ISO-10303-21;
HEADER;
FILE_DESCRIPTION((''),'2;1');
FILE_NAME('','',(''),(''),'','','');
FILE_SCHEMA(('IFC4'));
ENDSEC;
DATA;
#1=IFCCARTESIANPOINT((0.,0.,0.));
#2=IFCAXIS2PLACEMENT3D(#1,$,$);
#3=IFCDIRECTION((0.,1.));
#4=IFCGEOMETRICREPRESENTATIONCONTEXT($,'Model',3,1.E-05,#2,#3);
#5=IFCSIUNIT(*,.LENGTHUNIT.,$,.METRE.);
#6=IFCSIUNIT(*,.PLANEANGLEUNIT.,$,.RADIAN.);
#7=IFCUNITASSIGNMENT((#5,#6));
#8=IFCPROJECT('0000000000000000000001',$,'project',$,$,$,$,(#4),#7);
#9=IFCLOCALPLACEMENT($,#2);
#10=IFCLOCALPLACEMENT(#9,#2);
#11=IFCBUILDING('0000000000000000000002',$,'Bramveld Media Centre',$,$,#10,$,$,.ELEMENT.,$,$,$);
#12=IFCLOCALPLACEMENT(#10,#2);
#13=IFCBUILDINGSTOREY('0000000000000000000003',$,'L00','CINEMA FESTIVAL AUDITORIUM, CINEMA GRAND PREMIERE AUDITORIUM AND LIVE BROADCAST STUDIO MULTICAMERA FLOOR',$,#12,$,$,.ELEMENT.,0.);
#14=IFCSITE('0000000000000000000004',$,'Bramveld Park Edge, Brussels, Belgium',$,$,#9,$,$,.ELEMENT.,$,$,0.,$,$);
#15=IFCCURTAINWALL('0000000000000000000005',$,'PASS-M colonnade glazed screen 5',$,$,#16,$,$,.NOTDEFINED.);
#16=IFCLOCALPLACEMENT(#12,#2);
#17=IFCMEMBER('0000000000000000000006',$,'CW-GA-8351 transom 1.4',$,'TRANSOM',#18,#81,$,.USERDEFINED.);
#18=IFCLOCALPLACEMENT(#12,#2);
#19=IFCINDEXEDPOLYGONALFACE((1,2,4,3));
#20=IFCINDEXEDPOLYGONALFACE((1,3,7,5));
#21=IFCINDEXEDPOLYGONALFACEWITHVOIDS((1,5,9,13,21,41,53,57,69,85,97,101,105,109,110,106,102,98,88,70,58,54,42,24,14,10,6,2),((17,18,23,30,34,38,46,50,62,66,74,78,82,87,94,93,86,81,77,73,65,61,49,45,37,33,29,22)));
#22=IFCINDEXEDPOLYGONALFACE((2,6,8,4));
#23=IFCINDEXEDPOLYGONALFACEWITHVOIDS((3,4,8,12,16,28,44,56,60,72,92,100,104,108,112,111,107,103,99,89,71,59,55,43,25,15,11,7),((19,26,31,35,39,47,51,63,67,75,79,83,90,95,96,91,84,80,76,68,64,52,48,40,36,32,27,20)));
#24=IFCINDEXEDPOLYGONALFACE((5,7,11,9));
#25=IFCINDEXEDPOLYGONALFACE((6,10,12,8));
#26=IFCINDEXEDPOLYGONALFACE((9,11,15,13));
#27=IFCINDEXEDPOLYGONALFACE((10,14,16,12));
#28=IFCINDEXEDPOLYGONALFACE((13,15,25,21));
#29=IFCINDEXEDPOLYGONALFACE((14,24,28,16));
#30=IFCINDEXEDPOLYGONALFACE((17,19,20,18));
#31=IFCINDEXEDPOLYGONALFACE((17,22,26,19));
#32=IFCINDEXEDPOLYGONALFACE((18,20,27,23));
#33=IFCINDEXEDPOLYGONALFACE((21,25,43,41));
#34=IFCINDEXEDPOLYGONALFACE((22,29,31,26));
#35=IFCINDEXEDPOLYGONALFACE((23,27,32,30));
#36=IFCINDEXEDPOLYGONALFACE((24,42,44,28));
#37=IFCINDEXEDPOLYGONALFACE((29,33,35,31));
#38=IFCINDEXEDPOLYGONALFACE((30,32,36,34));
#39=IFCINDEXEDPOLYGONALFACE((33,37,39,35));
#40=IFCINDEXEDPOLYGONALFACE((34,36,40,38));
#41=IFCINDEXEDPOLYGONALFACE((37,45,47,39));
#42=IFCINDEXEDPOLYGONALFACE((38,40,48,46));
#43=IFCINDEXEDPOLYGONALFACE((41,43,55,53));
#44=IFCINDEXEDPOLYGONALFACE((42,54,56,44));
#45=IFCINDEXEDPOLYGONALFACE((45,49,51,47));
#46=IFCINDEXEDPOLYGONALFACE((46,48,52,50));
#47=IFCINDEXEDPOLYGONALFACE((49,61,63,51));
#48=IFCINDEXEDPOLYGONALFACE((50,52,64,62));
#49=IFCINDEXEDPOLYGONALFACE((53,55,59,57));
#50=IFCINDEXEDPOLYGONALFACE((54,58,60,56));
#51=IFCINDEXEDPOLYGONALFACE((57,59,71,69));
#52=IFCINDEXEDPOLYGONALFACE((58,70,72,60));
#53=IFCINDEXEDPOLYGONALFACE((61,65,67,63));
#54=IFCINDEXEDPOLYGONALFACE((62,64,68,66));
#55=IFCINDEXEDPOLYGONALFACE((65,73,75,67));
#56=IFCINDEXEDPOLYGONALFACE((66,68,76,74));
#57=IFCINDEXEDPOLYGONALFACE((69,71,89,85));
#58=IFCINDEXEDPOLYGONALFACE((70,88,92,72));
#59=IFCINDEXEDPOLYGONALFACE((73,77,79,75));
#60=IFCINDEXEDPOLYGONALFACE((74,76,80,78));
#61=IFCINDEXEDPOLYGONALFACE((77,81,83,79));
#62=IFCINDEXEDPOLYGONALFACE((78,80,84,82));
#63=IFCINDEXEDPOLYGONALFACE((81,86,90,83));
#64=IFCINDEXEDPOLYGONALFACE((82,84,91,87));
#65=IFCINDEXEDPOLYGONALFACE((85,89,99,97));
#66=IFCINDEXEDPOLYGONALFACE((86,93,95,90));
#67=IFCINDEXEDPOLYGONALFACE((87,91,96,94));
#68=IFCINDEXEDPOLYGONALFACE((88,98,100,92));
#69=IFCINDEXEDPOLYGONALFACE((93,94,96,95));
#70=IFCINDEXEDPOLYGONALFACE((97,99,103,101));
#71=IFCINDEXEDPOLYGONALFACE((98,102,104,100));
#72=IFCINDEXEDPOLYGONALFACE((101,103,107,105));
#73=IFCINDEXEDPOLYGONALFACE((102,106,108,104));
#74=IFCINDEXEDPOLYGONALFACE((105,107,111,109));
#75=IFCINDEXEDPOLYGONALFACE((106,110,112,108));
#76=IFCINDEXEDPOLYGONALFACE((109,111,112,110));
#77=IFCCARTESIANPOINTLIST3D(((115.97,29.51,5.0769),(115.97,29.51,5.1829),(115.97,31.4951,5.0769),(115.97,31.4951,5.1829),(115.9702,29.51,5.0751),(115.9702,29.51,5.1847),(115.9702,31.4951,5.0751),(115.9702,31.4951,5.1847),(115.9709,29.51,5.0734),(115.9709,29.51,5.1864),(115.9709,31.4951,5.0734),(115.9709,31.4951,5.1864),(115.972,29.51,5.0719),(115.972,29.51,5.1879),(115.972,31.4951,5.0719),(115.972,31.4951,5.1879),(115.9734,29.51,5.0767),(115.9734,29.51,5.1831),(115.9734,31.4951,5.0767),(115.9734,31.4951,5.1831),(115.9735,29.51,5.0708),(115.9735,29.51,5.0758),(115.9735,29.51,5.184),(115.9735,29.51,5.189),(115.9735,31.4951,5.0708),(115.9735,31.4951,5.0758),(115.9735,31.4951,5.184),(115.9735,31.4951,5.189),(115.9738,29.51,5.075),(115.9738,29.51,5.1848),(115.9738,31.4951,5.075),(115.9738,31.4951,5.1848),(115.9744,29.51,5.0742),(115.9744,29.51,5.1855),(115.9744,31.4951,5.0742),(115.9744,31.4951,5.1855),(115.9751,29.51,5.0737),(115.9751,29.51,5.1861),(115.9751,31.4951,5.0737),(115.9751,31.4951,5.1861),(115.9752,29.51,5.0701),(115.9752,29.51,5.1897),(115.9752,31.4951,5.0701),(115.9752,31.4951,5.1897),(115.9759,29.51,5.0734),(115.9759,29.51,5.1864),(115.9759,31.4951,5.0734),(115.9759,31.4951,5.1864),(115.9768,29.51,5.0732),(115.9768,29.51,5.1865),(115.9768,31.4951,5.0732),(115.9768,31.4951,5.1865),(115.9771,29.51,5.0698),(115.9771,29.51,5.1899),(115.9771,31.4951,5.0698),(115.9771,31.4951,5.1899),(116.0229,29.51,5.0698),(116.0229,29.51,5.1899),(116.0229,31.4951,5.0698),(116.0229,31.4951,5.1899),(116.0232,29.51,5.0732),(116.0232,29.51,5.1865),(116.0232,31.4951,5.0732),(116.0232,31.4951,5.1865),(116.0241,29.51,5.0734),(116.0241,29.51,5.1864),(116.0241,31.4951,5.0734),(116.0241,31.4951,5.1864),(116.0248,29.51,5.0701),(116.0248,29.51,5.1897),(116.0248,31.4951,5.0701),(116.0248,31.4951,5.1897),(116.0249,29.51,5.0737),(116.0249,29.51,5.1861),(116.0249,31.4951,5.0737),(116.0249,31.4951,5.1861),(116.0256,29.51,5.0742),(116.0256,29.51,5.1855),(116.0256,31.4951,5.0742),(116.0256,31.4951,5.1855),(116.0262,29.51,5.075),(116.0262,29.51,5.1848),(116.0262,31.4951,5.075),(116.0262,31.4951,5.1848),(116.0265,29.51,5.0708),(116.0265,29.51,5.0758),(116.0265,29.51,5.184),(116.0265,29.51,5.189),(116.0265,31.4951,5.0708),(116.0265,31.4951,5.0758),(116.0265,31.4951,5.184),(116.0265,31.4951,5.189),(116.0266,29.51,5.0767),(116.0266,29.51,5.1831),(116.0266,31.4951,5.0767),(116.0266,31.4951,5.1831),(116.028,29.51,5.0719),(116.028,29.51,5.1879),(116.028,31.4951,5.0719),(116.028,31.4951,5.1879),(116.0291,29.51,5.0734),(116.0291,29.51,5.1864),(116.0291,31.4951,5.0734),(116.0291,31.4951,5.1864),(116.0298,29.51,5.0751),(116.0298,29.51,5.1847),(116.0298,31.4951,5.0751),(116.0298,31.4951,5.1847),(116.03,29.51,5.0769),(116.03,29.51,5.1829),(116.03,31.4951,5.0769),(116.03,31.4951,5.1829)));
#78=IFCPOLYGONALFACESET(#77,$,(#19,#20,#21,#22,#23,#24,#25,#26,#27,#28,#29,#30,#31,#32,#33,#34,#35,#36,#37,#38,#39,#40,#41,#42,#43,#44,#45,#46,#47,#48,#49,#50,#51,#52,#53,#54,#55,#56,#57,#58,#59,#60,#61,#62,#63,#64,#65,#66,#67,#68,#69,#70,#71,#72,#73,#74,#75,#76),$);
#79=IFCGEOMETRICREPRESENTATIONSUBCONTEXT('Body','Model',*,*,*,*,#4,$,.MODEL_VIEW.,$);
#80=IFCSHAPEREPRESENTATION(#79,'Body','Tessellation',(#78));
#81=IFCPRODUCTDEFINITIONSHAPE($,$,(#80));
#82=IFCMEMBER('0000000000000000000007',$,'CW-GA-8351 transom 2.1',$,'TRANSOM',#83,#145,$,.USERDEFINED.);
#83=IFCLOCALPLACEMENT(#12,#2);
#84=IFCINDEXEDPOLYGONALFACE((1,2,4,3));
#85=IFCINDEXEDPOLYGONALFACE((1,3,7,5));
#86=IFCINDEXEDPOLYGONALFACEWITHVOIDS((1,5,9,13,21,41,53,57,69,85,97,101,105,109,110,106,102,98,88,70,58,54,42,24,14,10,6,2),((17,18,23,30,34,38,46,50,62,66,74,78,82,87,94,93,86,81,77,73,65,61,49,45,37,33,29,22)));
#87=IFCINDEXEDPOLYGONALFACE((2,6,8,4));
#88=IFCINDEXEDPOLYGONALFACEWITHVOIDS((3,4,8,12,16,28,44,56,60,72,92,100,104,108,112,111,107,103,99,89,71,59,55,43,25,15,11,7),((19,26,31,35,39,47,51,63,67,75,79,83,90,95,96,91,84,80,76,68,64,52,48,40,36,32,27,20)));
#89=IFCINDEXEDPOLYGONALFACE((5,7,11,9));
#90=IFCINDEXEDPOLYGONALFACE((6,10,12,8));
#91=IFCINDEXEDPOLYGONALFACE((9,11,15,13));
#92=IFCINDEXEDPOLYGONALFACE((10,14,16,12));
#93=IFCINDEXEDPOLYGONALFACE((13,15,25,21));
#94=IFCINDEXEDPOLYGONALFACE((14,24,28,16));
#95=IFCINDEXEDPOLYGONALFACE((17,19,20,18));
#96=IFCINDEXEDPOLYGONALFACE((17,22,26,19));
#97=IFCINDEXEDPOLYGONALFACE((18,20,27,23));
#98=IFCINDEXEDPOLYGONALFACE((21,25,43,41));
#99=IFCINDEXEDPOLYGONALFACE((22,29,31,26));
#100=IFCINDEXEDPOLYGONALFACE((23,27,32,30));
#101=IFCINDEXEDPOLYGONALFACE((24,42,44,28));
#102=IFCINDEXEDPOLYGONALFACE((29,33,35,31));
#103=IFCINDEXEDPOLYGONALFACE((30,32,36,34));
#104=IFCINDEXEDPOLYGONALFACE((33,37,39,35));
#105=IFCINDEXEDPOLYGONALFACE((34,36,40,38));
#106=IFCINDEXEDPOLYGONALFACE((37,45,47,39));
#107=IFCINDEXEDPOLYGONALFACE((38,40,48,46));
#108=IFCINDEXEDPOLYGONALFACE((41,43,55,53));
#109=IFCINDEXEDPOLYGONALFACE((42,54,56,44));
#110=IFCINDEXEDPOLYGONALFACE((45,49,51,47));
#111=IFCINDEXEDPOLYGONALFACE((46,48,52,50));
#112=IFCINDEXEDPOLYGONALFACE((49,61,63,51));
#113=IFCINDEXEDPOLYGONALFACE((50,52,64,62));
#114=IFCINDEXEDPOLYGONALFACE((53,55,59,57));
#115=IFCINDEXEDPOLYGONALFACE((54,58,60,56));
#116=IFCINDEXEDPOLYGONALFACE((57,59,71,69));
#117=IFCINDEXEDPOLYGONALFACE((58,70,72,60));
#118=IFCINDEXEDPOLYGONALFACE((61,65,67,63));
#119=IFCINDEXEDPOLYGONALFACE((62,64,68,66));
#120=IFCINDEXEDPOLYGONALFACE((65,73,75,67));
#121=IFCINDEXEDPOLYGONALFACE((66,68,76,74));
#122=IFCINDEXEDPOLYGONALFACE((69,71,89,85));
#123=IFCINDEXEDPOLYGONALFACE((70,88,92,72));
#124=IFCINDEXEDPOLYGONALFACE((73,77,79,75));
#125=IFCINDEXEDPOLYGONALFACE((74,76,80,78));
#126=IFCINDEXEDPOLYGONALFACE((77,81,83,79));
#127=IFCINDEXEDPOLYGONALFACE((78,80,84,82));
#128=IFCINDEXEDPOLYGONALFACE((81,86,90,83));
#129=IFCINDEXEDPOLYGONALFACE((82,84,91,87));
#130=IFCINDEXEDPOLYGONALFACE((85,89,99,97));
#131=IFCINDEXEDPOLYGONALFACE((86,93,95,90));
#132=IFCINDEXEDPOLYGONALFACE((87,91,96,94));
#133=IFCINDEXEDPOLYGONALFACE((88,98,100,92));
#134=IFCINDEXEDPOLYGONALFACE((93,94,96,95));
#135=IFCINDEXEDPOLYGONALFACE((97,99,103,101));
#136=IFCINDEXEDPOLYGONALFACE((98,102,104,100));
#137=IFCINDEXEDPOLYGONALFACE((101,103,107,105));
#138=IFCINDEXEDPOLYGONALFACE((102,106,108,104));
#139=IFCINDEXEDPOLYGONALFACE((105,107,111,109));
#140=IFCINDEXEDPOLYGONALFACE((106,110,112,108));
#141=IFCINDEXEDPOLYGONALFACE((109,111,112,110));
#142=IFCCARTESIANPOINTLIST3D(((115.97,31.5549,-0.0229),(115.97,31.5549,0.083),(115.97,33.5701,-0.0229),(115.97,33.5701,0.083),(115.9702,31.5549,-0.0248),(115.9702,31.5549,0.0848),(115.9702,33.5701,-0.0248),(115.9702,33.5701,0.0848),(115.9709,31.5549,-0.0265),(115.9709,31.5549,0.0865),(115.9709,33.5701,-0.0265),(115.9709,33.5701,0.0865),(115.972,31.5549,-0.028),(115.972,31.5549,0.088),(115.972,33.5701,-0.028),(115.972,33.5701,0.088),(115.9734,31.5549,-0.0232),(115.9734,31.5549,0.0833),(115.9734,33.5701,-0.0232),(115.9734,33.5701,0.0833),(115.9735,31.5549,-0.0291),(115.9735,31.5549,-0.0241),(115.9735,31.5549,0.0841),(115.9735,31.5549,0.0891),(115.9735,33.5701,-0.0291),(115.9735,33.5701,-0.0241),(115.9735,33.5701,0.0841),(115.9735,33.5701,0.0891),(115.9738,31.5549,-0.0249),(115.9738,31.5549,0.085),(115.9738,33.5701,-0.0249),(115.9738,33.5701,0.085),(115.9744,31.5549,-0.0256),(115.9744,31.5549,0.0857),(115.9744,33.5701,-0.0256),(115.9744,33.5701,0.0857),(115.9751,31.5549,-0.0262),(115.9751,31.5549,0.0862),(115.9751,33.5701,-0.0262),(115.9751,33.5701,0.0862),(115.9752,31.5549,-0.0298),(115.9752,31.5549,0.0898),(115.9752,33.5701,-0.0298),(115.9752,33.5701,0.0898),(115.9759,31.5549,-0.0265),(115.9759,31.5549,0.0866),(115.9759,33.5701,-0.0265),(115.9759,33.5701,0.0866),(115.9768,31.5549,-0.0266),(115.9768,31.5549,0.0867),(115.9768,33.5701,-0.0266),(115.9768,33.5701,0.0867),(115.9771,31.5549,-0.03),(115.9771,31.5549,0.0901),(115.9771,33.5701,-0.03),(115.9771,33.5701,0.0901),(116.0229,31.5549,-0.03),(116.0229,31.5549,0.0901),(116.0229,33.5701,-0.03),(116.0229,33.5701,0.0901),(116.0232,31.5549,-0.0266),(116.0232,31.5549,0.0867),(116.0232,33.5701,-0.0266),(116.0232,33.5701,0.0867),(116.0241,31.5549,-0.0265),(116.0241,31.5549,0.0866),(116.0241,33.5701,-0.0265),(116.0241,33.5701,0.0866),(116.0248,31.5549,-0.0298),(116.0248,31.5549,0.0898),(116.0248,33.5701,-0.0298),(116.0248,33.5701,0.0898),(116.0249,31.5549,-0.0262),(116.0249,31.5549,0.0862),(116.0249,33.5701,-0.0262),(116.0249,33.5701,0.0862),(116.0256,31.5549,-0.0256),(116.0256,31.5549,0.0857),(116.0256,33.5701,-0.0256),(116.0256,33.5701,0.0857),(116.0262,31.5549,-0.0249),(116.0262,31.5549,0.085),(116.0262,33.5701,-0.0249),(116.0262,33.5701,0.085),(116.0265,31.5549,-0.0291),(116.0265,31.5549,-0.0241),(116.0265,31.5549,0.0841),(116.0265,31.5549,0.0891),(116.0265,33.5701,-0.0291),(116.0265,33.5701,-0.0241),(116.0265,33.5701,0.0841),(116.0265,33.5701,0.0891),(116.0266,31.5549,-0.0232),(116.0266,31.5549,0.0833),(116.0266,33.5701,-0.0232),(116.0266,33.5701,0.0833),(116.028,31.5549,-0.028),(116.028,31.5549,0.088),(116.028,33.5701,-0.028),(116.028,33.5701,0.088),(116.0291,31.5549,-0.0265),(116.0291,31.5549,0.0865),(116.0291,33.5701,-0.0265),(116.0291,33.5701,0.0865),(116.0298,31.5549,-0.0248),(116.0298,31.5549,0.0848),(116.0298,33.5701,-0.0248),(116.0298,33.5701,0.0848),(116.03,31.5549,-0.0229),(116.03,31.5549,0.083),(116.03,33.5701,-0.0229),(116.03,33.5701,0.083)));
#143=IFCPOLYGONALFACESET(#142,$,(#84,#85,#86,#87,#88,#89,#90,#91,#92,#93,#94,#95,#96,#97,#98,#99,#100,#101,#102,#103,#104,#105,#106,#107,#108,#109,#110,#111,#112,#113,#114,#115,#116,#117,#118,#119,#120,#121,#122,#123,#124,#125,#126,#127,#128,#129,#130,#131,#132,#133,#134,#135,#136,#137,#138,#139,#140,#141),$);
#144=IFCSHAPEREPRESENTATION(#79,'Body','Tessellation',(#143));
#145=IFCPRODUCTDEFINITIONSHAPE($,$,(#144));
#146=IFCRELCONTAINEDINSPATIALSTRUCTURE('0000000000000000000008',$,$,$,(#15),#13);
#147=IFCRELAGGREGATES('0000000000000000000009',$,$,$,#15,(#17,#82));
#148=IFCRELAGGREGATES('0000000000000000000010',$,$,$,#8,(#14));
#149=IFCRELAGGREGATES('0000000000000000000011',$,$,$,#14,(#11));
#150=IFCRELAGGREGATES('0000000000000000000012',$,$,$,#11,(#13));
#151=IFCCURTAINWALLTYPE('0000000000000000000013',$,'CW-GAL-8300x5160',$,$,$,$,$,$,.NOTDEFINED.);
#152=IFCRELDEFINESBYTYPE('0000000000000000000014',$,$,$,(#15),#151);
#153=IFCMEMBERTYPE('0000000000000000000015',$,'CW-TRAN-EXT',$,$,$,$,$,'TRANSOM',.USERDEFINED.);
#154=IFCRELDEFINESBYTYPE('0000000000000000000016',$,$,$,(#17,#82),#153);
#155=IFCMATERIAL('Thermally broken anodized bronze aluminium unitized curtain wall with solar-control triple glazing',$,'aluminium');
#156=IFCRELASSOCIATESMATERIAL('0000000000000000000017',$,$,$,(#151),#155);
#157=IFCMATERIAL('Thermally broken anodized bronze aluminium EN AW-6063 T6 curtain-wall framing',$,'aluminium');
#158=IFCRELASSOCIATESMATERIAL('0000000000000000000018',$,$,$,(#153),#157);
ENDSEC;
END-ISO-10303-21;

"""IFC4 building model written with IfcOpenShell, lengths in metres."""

from ifc_helpers import new_model, si_unit, direction, frame, origin, origin_2d, place, context, subcontext, project, spatial, hollow_rectangle, extrude, material, material_profile, profile_set, type_object, element, aggregate, save


model = new_model("IFC4")

# Units and contexts
model_context = context("Model", 3, precision=1e-05, world=origin(), true_north=direction((0.0, 1.0)))
body_context = subcontext(model_context, "Body", "Model", "MODEL_VIEW")
ifc_project = project(units=[si_unit("LENGTHUNIT", "METRE"), si_unit("PLANEANGLEUNIT", "RADIAN")], contexts=[model_context])

# Site, building, storey
site_placement = place(None, origin())
site = spatial("IfcSite", under=ifc_project, at=site_placement, Name="Bramveld Park Edge, Brussels, Belgium", CompositionType="ELEMENT", RefElevation=0.0)
building_placement = place(site_placement, origin())
building = spatial("IfcBuilding", under=site, at=building_placement, Name="Bramveld Media Centre", CompositionType="ELEMENT")
storey_placement = place(building_placement, origin())
storey = spatial("IfcBuildingStorey", under=building, at=storey_placement, Name="L00", Description="CINEMA FESTIVAL AUDITORIUM, CINEMA GRAND PREMIERE AUDITORIUM AND LIVE BROADCAST STUDIO MULTICAMERA FLOOR", CompositionType="ELEMENT", Elevation=0.0)

# Curtain wall, members
ifc_material_1 = material(Name="Thermally broken anodized bronze aluminium unitized curtain wall with solar-control triple glazing", Category="aluminium")
curtain_wall_type_1 = type_object("IfcCurtainWallType", Name="CW-GAL-8300x5160", PredefinedType="NOTDEFINED", material=ifc_material_1)
curtain_wall_1_placement = place(storey_placement, origin())
curtain_wall_1 = element("IfcCurtainWall", 1, at=curtain_wall_1_placement, inside=storey, type_object=curtain_wall_type_1, Name="PASS-M colonnade glazed screen 5", PredefinedType="NOTDEFINED")
ifc_material_2 = material(Name="Thermally broken anodized bronze aluminium EN AW-6063 T6 curtain-wall framing", Category="aluminium")
ifc_material_profile_1 = material_profile(ifc_material_2, hollow_rectangle(XDim=0.0601, YDim=0.1201, WallThickness=0.0034, InnerFilletRadius=0.0034, OuterFilletRadius=0.0071, at=origin_2d()), Name="AL-TRAN 60x120")
ifc_profile_set_1 = profile_set([ifc_material_profile_1], Name="Thermally broken anodized bronze aluminium EN AW-6063 T6 curtain-wall framing")
member_type_1 = type_object("IfcMemberType", Name="CW-TRAN-EXT", ElementType="TRANSOM", PredefinedType="USERDEFINED", material=ifc_profile_set_1)
member_1_placement = place(storey_placement, frame((116.0, 29.51, 5.1299), z_axis=(0.0, 1.0, 0.0), x_axis=(-1.0, 0.0, 0.0)))
member_1 = element("IfcMember", 2, at=member_1_placement, type_object=member_type_1, Name="CW-GA-8351 transom 1.4", ObjectType="TRANSOM", PredefinedType="USERDEFINED", context=body_context, shape_type="SweptSolid", body=[
    extrude(hollow_rectangle(XDim=0.0601, YDim=0.1201, WallThickness=0.0034, InnerFilletRadius=0.0034, OuterFilletRadius=0.0071, at=origin_2d()), origin(), (0.0, 0.0, 1.0), 1.9851),
])
member_2_placement = place(storey_placement, frame((116.0, 31.5549, 0.03), z_axis=(0.0, 1.0, 0.0), x_axis=(-1.0, 0.0, 0.0)))
member_2 = element("IfcMember", 3, at=member_2_placement, type_object=member_type_1, Name="CW-GA-8351 transom 2.1", ObjectType="TRANSOM", PredefinedType="USERDEFINED", context=body_context, shape_type="SweptSolid", body=[
    extrude(hollow_rectangle(XDim=0.0601, YDim=0.1201, WallThickness=0.0034, InnerFilletRadius=0.0034, OuterFilletRadius=0.0071, at=origin_2d()), origin(), (0.0, 0.0, 1.0), 2.0151),
])
aggregate(curtain_wall_1, [member_1, member_2])

save(model, "model.ifc")
